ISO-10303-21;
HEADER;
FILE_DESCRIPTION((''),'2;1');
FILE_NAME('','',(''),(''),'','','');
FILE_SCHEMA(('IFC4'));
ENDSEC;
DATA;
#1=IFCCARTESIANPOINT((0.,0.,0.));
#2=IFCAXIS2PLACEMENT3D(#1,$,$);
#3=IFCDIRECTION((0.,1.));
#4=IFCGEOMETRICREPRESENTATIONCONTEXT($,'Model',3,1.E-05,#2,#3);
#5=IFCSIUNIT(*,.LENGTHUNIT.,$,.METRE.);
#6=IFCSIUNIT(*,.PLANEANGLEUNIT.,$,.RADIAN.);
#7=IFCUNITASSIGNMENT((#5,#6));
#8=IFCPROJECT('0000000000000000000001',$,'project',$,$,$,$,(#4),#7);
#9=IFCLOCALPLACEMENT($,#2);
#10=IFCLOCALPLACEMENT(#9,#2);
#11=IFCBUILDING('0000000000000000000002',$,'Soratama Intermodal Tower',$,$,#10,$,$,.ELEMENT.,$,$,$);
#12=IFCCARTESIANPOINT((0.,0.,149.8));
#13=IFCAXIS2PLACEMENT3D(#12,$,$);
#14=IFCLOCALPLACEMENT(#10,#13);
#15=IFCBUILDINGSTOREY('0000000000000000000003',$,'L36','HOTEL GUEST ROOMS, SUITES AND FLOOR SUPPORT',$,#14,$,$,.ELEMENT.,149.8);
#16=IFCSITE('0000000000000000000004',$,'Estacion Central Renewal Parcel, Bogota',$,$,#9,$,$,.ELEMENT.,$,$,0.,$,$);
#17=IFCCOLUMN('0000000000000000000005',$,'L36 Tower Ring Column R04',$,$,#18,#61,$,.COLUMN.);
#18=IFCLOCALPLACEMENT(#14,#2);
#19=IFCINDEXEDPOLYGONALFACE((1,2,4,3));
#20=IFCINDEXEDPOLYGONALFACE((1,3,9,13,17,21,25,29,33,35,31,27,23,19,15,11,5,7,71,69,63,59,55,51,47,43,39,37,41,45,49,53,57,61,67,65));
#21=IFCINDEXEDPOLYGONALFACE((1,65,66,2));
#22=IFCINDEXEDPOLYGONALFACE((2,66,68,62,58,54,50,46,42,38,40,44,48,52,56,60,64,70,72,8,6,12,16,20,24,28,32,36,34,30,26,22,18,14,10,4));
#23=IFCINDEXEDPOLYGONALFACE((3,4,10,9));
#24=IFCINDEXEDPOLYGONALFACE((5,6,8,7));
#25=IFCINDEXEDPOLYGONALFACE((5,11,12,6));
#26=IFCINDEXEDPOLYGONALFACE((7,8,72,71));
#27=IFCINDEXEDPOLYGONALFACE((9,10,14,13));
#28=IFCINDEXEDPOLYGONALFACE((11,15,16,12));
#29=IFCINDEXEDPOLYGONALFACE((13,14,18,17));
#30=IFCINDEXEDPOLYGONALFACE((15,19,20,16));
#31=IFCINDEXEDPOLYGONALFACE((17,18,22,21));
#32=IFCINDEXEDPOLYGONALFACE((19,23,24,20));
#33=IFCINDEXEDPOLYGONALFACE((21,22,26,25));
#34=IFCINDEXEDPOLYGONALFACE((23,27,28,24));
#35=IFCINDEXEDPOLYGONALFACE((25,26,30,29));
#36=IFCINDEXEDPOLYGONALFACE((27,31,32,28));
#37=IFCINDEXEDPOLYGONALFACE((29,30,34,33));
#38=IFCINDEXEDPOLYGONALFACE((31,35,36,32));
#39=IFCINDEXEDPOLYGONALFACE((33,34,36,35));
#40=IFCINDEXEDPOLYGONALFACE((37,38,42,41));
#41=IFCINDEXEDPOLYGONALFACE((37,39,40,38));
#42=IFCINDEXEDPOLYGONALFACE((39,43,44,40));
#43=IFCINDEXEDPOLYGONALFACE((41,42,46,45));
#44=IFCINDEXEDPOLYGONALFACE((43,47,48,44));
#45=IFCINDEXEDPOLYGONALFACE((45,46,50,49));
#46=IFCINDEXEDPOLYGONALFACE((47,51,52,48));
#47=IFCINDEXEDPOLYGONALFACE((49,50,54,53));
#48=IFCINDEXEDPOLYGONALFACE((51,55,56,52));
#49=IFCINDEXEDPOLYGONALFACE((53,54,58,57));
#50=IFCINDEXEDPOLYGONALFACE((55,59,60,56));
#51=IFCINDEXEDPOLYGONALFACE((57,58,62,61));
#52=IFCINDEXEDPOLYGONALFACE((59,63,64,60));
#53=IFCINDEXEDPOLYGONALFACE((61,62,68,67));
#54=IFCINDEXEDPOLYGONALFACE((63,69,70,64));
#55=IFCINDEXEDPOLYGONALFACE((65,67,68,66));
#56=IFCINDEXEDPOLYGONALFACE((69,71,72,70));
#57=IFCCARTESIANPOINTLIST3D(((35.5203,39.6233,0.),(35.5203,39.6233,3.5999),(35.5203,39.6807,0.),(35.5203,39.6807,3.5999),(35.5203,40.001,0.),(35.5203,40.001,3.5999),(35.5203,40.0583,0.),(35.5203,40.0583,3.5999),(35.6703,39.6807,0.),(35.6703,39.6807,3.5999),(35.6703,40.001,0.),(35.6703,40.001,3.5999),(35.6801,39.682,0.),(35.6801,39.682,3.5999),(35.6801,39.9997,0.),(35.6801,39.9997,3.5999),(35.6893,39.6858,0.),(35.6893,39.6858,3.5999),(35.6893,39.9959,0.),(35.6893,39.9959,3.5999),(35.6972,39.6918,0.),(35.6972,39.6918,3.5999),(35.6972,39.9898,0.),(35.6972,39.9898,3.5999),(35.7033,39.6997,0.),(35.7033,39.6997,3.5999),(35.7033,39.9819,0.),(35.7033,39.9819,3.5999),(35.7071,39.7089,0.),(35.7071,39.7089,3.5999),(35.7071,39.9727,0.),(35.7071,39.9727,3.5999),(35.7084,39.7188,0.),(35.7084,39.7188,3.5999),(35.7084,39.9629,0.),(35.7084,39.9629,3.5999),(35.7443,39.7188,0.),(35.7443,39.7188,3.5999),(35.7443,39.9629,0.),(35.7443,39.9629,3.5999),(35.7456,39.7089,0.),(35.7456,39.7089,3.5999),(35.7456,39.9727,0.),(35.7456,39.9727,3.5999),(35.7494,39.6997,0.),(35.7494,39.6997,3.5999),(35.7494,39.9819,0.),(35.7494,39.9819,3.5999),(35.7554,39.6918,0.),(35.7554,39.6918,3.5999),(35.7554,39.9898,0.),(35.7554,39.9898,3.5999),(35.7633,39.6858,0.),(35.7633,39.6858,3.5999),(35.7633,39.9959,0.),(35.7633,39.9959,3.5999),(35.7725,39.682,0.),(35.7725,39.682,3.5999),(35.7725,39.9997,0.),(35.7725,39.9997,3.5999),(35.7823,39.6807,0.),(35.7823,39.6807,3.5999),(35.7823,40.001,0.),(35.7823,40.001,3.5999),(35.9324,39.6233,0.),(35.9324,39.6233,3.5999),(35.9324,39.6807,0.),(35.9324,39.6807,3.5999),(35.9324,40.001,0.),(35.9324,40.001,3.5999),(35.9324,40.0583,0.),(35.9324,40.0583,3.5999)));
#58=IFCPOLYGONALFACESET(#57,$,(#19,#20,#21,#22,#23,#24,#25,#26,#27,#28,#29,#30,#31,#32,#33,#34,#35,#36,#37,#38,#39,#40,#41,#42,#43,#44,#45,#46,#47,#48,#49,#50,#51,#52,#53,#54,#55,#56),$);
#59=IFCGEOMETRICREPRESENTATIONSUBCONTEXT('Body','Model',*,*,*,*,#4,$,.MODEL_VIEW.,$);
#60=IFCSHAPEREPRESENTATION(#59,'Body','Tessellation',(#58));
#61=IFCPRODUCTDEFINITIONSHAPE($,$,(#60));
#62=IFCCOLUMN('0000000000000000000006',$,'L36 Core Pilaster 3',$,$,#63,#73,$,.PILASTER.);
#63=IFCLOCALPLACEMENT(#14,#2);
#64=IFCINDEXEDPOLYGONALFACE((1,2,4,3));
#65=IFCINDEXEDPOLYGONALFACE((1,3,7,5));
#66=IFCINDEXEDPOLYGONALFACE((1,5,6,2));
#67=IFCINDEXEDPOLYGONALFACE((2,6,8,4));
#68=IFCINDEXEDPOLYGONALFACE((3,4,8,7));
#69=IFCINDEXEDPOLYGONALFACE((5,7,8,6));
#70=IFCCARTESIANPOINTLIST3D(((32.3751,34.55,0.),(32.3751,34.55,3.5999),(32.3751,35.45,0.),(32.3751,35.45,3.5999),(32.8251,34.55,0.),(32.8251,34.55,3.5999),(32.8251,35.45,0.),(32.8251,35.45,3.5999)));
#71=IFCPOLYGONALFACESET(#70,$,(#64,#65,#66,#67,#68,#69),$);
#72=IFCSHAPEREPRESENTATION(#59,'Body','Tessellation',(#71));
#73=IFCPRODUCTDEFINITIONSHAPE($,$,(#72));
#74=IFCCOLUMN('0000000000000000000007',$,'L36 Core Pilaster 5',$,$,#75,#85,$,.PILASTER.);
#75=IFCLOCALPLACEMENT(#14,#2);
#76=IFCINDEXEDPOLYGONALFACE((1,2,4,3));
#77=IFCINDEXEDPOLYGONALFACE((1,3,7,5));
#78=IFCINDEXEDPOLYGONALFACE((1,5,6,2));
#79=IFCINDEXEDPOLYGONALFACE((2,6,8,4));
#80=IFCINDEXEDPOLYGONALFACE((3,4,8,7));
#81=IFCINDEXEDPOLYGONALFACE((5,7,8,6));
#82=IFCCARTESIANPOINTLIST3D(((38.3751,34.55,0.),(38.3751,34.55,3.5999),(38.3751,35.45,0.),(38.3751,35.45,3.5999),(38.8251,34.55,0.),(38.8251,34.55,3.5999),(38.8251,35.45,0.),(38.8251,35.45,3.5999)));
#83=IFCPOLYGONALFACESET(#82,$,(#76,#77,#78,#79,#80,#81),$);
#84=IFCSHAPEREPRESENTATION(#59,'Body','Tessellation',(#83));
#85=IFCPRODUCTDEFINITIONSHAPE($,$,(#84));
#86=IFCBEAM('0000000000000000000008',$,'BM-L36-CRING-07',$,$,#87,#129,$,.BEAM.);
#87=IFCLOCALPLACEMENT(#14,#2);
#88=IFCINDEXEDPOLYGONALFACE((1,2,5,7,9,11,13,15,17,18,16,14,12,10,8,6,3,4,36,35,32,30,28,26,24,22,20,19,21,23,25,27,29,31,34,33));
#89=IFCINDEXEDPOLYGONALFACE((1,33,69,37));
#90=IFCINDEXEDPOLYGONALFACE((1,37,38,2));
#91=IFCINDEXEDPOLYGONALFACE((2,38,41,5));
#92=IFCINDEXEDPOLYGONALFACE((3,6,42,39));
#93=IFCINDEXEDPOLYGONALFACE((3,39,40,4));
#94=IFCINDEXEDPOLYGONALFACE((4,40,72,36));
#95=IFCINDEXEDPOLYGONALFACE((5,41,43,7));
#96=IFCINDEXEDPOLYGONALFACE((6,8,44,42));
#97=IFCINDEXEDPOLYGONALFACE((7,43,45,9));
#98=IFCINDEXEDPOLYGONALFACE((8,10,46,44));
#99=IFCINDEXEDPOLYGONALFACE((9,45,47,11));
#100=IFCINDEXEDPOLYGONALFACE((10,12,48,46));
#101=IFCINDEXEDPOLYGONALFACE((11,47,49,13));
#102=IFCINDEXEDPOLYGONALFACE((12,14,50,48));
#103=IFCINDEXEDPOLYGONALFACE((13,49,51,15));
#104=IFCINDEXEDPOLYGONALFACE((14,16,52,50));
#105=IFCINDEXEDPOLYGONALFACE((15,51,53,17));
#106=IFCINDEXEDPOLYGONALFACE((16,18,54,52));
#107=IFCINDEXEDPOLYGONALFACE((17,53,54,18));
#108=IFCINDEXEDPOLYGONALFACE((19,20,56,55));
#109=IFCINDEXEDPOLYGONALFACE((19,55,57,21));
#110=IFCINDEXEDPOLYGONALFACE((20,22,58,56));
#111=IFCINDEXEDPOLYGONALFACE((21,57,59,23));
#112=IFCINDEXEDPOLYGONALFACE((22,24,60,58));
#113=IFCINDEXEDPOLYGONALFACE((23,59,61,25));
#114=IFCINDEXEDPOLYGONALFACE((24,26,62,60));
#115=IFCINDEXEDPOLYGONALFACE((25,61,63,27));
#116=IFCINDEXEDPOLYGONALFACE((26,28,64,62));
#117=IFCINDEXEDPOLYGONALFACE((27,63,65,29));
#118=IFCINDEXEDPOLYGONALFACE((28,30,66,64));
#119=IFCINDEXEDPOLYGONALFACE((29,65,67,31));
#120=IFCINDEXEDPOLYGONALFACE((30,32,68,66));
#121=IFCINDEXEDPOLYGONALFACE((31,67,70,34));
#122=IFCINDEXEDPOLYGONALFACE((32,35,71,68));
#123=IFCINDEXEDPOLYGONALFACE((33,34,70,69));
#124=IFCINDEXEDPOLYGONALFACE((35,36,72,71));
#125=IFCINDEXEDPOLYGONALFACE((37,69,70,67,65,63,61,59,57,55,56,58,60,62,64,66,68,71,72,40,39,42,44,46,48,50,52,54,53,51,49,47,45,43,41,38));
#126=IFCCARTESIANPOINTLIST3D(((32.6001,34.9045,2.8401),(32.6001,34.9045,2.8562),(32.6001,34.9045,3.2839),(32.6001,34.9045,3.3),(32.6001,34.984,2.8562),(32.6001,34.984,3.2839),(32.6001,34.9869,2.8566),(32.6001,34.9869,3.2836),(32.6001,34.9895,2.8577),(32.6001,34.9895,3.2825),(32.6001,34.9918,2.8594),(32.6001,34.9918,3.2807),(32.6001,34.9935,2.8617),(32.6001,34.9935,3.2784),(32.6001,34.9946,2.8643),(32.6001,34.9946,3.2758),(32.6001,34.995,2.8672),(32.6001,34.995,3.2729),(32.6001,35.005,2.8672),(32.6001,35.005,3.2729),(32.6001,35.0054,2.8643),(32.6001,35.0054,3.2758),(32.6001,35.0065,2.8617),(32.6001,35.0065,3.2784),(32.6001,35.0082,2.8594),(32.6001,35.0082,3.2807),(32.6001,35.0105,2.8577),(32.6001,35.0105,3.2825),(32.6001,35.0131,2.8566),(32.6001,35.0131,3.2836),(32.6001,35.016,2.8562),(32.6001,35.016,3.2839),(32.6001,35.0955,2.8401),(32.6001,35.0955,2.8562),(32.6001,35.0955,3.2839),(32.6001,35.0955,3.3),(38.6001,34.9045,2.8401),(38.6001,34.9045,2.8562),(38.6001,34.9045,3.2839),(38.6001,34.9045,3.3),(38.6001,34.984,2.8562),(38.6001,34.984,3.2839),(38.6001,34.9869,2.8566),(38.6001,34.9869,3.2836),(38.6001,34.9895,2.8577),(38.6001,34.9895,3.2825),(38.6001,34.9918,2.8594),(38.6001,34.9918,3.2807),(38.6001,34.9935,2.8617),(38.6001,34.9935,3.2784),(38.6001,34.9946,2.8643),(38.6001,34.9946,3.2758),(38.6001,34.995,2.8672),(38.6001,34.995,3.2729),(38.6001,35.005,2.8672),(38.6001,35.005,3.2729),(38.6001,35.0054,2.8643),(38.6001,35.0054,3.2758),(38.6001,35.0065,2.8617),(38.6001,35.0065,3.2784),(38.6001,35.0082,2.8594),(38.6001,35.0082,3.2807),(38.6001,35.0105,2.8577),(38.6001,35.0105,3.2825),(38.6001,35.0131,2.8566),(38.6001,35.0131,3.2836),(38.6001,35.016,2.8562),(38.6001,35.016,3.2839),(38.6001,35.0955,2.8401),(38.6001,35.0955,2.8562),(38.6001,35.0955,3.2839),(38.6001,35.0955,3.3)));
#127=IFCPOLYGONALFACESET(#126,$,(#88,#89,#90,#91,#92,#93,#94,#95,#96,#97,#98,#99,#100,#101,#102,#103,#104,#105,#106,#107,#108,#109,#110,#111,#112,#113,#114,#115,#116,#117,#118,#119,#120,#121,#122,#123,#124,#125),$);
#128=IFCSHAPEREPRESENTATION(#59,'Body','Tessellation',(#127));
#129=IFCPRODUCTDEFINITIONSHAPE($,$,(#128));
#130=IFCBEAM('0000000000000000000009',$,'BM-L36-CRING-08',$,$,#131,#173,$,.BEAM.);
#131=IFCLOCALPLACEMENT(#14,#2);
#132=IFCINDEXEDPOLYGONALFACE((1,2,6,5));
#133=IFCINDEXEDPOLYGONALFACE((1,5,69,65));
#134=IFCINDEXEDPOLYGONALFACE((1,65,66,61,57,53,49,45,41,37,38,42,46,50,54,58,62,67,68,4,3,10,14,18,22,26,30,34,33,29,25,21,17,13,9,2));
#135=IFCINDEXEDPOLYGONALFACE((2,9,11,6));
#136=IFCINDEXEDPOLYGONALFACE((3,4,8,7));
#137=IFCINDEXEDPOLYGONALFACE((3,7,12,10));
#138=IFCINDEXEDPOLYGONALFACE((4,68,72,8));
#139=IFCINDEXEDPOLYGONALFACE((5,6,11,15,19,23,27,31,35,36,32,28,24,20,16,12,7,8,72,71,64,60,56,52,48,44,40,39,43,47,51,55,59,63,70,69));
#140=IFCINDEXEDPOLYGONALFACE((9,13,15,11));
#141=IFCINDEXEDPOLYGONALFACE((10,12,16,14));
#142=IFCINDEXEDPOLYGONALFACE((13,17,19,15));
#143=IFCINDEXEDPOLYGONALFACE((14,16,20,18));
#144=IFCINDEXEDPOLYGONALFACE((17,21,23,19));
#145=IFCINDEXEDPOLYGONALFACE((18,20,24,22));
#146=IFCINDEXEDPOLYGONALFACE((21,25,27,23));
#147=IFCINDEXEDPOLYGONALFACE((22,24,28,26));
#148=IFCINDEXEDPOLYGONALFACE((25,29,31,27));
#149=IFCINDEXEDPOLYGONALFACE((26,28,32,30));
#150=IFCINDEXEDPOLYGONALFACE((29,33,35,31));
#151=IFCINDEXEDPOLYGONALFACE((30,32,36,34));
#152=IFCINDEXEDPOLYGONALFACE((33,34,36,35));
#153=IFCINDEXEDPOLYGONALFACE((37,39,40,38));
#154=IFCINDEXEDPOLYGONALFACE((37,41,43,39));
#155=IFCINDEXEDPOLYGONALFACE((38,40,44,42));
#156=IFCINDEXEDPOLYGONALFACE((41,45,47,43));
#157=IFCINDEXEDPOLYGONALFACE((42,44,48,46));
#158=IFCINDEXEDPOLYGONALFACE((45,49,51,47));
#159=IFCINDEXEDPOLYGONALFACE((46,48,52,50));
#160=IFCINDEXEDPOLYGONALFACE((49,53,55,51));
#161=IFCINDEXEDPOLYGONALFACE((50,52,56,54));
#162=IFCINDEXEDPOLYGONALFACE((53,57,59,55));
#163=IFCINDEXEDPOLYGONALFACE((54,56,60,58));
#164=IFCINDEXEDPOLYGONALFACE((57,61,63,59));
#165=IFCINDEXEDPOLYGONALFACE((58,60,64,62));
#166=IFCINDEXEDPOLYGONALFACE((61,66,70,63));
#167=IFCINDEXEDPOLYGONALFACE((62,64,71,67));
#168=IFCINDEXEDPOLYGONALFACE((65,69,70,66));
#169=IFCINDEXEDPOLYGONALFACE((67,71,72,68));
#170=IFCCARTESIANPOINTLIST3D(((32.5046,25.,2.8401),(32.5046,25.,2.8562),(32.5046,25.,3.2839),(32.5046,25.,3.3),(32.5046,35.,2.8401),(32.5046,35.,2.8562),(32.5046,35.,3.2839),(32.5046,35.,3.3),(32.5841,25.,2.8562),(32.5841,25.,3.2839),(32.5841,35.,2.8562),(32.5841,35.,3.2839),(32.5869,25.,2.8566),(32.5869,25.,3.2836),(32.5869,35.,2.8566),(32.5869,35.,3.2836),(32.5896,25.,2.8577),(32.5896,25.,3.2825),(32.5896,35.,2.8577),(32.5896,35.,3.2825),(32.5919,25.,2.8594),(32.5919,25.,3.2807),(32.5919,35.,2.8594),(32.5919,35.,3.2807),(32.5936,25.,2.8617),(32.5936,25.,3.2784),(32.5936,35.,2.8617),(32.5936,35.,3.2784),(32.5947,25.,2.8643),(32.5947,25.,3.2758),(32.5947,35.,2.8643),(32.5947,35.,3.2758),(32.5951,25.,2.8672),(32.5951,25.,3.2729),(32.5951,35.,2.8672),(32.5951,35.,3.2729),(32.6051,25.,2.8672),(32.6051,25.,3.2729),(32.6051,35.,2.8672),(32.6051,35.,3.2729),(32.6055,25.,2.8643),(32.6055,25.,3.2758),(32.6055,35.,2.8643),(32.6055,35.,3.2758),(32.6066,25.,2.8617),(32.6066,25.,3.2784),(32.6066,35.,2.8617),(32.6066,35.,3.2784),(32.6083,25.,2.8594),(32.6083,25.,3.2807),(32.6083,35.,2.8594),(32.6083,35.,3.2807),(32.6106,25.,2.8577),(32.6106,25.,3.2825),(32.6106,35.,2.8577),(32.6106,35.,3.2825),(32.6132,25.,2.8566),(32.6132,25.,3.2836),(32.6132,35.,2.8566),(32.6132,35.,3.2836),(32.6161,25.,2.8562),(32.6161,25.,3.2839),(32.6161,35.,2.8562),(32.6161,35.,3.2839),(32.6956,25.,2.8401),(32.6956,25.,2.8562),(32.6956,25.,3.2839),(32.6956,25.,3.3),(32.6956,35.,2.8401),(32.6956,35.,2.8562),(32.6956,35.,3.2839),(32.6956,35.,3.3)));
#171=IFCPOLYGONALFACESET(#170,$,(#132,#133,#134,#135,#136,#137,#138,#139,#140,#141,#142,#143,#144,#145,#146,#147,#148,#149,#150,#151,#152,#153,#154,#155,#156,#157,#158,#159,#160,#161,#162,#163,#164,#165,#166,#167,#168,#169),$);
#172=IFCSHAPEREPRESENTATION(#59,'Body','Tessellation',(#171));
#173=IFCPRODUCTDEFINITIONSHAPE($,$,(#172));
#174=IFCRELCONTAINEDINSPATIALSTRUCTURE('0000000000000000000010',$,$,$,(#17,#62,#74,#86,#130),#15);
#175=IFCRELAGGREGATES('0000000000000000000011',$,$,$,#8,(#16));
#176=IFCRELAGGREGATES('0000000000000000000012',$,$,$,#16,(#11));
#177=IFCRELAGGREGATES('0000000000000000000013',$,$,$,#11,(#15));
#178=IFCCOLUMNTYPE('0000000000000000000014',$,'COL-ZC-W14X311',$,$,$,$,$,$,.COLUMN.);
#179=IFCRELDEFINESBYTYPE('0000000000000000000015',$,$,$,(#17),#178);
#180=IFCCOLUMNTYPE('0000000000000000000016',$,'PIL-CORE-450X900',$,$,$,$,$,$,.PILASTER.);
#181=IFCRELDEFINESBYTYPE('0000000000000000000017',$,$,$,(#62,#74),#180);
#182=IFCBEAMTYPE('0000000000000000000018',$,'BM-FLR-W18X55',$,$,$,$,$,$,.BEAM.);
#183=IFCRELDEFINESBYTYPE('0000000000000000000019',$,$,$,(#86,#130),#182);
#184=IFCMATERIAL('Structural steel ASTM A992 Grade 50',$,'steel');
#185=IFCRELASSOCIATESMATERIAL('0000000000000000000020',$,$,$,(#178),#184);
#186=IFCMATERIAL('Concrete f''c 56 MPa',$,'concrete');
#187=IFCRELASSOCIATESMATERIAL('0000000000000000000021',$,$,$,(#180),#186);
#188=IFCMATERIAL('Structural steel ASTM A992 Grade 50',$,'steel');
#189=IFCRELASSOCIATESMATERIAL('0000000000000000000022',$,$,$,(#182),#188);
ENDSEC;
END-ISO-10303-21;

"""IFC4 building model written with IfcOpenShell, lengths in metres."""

from ifc_helpers import new_model, si_unit, direction, frame, origin, origin_2d, place, context, subcontext, project, spatial, rectangle, i_section, extrude, material, material_profile, profile_set, type_object, element, save


model = new_model("IFC4")

# Units and contexts
model_context = context("Model", 3, precision=1e-05, world=origin(), true_north=direction((0.0, 1.0)))
body_context = subcontext(model_context, "Body", "Model", "MODEL_VIEW")
ifc_project = project(units=[si_unit("LENGTHUNIT", "METRE"), si_unit("PLANEANGLEUNIT", "RADIAN")], contexts=[model_context])

# Site, building, storey
site_placement = place(None, origin())
site = spatial("IfcSite", under=ifc_project, at=site_placement, Name="Estacion Central Renewal Parcel, Bogota", CompositionType="ELEMENT", RefElevation=0.0)
building_placement = place(site_placement, origin())
building = spatial("IfcBuilding", under=site, at=building_placement, Name="Soratama Intermodal Tower", CompositionType="ELEMENT")
storey_placement = place(building_placement, frame((0.0, 0.0, 149.8)))
storey = spatial("IfcBuildingStorey", under=building, at=storey_placement, Name="L36", Description="HOTEL GUEST ROOMS, SUITES AND FLOOR SUPPORT", CompositionType="ELEMENT", Elevation=149.8)

# Columns
ifc_material_1 = material(Name="Structural steel ASTM A992 Grade 50", Category="steel")
ifc_material_profile_1 = material_profile(ifc_material_1, i_section(OverallWidth=0.4121, OverallDepth=0.4351, WebThickness=0.0359, FlangeThickness=0.0574, FilletRadius=0.0381, at=origin_2d()), Name="W14X311")
ifc_profile_set_1 = profile_set([ifc_material_profile_1], Name="Structural steel ASTM A992 Grade 50")
column_type_1 = type_object("IfcColumnType", Name="COL-ZC-W14X311", PredefinedType="COLUMN", material=ifc_profile_set_1)
column_placement = place(storey_placement, frame((35.7263, 39.8408, 0.0), z_axis=(0.0, 0.0, 1.0), x_axis=(1.0, 0.0, 0.0)))
element("IfcColumn", 1, at=column_placement, inside=storey, type_object=column_type_1, Name="L36 Tower Ring Column R04", PredefinedType="COLUMN", context=body_context, shape_type="SweptSolid", body=[
    extrude(i_section(OverallWidth=0.4121, OverallDepth=0.4351, WebThickness=0.0359, FlangeThickness=0.0574, FilletRadius=0.0381, at=origin_2d()), origin(), (0.0, 0.0, 1.0), 3.5999),
])
ifc_material_2 = material(Name="Concrete f'c 56 MPa", Category="concrete")
ifc_material_profile_2 = material_profile(ifc_material_2, rectangle(XDim=0.45, YDim=0.8999, at=origin_2d()), Name="RC450X900")
ifc_profile_set_2 = profile_set([ifc_material_profile_2], Name="Concrete f'c 56 MPa")
column_type_2 = type_object("IfcColumnType", Name="PIL-CORE-450X900", PredefinedType="PILASTER", material=ifc_profile_set_2)
for number, where, z_axis, x_axis, name in (
    (2, (32.6001, 35.0, 0.0), (0.0, 0.0, 1.0), (1.0, 0.0, 0.0), "L36 Core Pilaster 3"),
    (3, (38.6001, 35.0, 0.0), (0.0, 0.0, 1.0), (1.0, 0.0, 0.0), "L36 Core Pilaster 5"),
):
    element("IfcColumn", number, at=place(storey_placement, frame(where, z_axis=z_axis, x_axis=x_axis)), inside=storey, type_object=column_type_2, Name=name, PredefinedType="PILASTER", context=body_context, shape_type="SweptSolid", body=[
        extrude(rectangle(XDim=0.45, YDim=0.8999, at=origin_2d()), origin(), (0.0, 0.0, 1.0), 3.5999),
    ])

# Beams
ifc_material_3 = material(Name="Structural steel ASTM A992 Grade 50", Category="steel")
ifc_material_profile_3 = material_profile(ifc_material_3, i_section(OverallWidth=0.1909, OverallDepth=0.46, WebThickness=0.01, FlangeThickness=0.0161, FilletRadius=0.011, at=origin_2d()), Name="W18X55")
ifc_profile_set_3 = profile_set([ifc_material_profile_3], Name="Structural steel ASTM A992 Grade 50")
beam_type_1 = type_object("IfcBeamType", Name="BM-FLR-W18X55", PredefinedType="BEAM", material=ifc_profile_set_3)
beam_1_placement = place(storey_placement, frame((38.6001, 35.0, 3.0701), z_axis=(-1.0, 0.0, 0.0), x_axis=(0.0, -1.0, 0.0)))
element("IfcBeam", 4, at=beam_1_placement, inside=storey, type_object=beam_type_1, Name="BM-L36-CRING-07", PredefinedType="BEAM", context=body_context, shape_type="SweptSolid", body=[
    extrude(i_section(OverallWidth=0.1909, OverallDepth=0.46, WebThickness=0.01, FlangeThickness=0.0161, FilletRadius=0.011, at=origin_2d()), origin(), (0.0, 0.0, 1.0), 6.0),
])
beam_2_placement = place(storey_placement, frame((32.6001, 35.0, 3.0701), z_axis=(0.0, -1.0, 0.0), x_axis=(1.0, 0.0, 0.0)))
element("IfcBeam", 5, at=beam_2_placement, inside=storey, type_object=beam_type_1, Name="BM-L36-CRING-08", PredefinedType="BEAM", context=body_context, shape_type="SweptSolid", body=[
    extrude(i_section(OverallWidth=0.1909, OverallDepth=0.46, WebThickness=0.01, FlangeThickness=0.0161, FilletRadius=0.011, at=origin_2d()), origin(), (0.0, 0.0, 1.0), 10.0),
])

save(model, "model.ifc")
